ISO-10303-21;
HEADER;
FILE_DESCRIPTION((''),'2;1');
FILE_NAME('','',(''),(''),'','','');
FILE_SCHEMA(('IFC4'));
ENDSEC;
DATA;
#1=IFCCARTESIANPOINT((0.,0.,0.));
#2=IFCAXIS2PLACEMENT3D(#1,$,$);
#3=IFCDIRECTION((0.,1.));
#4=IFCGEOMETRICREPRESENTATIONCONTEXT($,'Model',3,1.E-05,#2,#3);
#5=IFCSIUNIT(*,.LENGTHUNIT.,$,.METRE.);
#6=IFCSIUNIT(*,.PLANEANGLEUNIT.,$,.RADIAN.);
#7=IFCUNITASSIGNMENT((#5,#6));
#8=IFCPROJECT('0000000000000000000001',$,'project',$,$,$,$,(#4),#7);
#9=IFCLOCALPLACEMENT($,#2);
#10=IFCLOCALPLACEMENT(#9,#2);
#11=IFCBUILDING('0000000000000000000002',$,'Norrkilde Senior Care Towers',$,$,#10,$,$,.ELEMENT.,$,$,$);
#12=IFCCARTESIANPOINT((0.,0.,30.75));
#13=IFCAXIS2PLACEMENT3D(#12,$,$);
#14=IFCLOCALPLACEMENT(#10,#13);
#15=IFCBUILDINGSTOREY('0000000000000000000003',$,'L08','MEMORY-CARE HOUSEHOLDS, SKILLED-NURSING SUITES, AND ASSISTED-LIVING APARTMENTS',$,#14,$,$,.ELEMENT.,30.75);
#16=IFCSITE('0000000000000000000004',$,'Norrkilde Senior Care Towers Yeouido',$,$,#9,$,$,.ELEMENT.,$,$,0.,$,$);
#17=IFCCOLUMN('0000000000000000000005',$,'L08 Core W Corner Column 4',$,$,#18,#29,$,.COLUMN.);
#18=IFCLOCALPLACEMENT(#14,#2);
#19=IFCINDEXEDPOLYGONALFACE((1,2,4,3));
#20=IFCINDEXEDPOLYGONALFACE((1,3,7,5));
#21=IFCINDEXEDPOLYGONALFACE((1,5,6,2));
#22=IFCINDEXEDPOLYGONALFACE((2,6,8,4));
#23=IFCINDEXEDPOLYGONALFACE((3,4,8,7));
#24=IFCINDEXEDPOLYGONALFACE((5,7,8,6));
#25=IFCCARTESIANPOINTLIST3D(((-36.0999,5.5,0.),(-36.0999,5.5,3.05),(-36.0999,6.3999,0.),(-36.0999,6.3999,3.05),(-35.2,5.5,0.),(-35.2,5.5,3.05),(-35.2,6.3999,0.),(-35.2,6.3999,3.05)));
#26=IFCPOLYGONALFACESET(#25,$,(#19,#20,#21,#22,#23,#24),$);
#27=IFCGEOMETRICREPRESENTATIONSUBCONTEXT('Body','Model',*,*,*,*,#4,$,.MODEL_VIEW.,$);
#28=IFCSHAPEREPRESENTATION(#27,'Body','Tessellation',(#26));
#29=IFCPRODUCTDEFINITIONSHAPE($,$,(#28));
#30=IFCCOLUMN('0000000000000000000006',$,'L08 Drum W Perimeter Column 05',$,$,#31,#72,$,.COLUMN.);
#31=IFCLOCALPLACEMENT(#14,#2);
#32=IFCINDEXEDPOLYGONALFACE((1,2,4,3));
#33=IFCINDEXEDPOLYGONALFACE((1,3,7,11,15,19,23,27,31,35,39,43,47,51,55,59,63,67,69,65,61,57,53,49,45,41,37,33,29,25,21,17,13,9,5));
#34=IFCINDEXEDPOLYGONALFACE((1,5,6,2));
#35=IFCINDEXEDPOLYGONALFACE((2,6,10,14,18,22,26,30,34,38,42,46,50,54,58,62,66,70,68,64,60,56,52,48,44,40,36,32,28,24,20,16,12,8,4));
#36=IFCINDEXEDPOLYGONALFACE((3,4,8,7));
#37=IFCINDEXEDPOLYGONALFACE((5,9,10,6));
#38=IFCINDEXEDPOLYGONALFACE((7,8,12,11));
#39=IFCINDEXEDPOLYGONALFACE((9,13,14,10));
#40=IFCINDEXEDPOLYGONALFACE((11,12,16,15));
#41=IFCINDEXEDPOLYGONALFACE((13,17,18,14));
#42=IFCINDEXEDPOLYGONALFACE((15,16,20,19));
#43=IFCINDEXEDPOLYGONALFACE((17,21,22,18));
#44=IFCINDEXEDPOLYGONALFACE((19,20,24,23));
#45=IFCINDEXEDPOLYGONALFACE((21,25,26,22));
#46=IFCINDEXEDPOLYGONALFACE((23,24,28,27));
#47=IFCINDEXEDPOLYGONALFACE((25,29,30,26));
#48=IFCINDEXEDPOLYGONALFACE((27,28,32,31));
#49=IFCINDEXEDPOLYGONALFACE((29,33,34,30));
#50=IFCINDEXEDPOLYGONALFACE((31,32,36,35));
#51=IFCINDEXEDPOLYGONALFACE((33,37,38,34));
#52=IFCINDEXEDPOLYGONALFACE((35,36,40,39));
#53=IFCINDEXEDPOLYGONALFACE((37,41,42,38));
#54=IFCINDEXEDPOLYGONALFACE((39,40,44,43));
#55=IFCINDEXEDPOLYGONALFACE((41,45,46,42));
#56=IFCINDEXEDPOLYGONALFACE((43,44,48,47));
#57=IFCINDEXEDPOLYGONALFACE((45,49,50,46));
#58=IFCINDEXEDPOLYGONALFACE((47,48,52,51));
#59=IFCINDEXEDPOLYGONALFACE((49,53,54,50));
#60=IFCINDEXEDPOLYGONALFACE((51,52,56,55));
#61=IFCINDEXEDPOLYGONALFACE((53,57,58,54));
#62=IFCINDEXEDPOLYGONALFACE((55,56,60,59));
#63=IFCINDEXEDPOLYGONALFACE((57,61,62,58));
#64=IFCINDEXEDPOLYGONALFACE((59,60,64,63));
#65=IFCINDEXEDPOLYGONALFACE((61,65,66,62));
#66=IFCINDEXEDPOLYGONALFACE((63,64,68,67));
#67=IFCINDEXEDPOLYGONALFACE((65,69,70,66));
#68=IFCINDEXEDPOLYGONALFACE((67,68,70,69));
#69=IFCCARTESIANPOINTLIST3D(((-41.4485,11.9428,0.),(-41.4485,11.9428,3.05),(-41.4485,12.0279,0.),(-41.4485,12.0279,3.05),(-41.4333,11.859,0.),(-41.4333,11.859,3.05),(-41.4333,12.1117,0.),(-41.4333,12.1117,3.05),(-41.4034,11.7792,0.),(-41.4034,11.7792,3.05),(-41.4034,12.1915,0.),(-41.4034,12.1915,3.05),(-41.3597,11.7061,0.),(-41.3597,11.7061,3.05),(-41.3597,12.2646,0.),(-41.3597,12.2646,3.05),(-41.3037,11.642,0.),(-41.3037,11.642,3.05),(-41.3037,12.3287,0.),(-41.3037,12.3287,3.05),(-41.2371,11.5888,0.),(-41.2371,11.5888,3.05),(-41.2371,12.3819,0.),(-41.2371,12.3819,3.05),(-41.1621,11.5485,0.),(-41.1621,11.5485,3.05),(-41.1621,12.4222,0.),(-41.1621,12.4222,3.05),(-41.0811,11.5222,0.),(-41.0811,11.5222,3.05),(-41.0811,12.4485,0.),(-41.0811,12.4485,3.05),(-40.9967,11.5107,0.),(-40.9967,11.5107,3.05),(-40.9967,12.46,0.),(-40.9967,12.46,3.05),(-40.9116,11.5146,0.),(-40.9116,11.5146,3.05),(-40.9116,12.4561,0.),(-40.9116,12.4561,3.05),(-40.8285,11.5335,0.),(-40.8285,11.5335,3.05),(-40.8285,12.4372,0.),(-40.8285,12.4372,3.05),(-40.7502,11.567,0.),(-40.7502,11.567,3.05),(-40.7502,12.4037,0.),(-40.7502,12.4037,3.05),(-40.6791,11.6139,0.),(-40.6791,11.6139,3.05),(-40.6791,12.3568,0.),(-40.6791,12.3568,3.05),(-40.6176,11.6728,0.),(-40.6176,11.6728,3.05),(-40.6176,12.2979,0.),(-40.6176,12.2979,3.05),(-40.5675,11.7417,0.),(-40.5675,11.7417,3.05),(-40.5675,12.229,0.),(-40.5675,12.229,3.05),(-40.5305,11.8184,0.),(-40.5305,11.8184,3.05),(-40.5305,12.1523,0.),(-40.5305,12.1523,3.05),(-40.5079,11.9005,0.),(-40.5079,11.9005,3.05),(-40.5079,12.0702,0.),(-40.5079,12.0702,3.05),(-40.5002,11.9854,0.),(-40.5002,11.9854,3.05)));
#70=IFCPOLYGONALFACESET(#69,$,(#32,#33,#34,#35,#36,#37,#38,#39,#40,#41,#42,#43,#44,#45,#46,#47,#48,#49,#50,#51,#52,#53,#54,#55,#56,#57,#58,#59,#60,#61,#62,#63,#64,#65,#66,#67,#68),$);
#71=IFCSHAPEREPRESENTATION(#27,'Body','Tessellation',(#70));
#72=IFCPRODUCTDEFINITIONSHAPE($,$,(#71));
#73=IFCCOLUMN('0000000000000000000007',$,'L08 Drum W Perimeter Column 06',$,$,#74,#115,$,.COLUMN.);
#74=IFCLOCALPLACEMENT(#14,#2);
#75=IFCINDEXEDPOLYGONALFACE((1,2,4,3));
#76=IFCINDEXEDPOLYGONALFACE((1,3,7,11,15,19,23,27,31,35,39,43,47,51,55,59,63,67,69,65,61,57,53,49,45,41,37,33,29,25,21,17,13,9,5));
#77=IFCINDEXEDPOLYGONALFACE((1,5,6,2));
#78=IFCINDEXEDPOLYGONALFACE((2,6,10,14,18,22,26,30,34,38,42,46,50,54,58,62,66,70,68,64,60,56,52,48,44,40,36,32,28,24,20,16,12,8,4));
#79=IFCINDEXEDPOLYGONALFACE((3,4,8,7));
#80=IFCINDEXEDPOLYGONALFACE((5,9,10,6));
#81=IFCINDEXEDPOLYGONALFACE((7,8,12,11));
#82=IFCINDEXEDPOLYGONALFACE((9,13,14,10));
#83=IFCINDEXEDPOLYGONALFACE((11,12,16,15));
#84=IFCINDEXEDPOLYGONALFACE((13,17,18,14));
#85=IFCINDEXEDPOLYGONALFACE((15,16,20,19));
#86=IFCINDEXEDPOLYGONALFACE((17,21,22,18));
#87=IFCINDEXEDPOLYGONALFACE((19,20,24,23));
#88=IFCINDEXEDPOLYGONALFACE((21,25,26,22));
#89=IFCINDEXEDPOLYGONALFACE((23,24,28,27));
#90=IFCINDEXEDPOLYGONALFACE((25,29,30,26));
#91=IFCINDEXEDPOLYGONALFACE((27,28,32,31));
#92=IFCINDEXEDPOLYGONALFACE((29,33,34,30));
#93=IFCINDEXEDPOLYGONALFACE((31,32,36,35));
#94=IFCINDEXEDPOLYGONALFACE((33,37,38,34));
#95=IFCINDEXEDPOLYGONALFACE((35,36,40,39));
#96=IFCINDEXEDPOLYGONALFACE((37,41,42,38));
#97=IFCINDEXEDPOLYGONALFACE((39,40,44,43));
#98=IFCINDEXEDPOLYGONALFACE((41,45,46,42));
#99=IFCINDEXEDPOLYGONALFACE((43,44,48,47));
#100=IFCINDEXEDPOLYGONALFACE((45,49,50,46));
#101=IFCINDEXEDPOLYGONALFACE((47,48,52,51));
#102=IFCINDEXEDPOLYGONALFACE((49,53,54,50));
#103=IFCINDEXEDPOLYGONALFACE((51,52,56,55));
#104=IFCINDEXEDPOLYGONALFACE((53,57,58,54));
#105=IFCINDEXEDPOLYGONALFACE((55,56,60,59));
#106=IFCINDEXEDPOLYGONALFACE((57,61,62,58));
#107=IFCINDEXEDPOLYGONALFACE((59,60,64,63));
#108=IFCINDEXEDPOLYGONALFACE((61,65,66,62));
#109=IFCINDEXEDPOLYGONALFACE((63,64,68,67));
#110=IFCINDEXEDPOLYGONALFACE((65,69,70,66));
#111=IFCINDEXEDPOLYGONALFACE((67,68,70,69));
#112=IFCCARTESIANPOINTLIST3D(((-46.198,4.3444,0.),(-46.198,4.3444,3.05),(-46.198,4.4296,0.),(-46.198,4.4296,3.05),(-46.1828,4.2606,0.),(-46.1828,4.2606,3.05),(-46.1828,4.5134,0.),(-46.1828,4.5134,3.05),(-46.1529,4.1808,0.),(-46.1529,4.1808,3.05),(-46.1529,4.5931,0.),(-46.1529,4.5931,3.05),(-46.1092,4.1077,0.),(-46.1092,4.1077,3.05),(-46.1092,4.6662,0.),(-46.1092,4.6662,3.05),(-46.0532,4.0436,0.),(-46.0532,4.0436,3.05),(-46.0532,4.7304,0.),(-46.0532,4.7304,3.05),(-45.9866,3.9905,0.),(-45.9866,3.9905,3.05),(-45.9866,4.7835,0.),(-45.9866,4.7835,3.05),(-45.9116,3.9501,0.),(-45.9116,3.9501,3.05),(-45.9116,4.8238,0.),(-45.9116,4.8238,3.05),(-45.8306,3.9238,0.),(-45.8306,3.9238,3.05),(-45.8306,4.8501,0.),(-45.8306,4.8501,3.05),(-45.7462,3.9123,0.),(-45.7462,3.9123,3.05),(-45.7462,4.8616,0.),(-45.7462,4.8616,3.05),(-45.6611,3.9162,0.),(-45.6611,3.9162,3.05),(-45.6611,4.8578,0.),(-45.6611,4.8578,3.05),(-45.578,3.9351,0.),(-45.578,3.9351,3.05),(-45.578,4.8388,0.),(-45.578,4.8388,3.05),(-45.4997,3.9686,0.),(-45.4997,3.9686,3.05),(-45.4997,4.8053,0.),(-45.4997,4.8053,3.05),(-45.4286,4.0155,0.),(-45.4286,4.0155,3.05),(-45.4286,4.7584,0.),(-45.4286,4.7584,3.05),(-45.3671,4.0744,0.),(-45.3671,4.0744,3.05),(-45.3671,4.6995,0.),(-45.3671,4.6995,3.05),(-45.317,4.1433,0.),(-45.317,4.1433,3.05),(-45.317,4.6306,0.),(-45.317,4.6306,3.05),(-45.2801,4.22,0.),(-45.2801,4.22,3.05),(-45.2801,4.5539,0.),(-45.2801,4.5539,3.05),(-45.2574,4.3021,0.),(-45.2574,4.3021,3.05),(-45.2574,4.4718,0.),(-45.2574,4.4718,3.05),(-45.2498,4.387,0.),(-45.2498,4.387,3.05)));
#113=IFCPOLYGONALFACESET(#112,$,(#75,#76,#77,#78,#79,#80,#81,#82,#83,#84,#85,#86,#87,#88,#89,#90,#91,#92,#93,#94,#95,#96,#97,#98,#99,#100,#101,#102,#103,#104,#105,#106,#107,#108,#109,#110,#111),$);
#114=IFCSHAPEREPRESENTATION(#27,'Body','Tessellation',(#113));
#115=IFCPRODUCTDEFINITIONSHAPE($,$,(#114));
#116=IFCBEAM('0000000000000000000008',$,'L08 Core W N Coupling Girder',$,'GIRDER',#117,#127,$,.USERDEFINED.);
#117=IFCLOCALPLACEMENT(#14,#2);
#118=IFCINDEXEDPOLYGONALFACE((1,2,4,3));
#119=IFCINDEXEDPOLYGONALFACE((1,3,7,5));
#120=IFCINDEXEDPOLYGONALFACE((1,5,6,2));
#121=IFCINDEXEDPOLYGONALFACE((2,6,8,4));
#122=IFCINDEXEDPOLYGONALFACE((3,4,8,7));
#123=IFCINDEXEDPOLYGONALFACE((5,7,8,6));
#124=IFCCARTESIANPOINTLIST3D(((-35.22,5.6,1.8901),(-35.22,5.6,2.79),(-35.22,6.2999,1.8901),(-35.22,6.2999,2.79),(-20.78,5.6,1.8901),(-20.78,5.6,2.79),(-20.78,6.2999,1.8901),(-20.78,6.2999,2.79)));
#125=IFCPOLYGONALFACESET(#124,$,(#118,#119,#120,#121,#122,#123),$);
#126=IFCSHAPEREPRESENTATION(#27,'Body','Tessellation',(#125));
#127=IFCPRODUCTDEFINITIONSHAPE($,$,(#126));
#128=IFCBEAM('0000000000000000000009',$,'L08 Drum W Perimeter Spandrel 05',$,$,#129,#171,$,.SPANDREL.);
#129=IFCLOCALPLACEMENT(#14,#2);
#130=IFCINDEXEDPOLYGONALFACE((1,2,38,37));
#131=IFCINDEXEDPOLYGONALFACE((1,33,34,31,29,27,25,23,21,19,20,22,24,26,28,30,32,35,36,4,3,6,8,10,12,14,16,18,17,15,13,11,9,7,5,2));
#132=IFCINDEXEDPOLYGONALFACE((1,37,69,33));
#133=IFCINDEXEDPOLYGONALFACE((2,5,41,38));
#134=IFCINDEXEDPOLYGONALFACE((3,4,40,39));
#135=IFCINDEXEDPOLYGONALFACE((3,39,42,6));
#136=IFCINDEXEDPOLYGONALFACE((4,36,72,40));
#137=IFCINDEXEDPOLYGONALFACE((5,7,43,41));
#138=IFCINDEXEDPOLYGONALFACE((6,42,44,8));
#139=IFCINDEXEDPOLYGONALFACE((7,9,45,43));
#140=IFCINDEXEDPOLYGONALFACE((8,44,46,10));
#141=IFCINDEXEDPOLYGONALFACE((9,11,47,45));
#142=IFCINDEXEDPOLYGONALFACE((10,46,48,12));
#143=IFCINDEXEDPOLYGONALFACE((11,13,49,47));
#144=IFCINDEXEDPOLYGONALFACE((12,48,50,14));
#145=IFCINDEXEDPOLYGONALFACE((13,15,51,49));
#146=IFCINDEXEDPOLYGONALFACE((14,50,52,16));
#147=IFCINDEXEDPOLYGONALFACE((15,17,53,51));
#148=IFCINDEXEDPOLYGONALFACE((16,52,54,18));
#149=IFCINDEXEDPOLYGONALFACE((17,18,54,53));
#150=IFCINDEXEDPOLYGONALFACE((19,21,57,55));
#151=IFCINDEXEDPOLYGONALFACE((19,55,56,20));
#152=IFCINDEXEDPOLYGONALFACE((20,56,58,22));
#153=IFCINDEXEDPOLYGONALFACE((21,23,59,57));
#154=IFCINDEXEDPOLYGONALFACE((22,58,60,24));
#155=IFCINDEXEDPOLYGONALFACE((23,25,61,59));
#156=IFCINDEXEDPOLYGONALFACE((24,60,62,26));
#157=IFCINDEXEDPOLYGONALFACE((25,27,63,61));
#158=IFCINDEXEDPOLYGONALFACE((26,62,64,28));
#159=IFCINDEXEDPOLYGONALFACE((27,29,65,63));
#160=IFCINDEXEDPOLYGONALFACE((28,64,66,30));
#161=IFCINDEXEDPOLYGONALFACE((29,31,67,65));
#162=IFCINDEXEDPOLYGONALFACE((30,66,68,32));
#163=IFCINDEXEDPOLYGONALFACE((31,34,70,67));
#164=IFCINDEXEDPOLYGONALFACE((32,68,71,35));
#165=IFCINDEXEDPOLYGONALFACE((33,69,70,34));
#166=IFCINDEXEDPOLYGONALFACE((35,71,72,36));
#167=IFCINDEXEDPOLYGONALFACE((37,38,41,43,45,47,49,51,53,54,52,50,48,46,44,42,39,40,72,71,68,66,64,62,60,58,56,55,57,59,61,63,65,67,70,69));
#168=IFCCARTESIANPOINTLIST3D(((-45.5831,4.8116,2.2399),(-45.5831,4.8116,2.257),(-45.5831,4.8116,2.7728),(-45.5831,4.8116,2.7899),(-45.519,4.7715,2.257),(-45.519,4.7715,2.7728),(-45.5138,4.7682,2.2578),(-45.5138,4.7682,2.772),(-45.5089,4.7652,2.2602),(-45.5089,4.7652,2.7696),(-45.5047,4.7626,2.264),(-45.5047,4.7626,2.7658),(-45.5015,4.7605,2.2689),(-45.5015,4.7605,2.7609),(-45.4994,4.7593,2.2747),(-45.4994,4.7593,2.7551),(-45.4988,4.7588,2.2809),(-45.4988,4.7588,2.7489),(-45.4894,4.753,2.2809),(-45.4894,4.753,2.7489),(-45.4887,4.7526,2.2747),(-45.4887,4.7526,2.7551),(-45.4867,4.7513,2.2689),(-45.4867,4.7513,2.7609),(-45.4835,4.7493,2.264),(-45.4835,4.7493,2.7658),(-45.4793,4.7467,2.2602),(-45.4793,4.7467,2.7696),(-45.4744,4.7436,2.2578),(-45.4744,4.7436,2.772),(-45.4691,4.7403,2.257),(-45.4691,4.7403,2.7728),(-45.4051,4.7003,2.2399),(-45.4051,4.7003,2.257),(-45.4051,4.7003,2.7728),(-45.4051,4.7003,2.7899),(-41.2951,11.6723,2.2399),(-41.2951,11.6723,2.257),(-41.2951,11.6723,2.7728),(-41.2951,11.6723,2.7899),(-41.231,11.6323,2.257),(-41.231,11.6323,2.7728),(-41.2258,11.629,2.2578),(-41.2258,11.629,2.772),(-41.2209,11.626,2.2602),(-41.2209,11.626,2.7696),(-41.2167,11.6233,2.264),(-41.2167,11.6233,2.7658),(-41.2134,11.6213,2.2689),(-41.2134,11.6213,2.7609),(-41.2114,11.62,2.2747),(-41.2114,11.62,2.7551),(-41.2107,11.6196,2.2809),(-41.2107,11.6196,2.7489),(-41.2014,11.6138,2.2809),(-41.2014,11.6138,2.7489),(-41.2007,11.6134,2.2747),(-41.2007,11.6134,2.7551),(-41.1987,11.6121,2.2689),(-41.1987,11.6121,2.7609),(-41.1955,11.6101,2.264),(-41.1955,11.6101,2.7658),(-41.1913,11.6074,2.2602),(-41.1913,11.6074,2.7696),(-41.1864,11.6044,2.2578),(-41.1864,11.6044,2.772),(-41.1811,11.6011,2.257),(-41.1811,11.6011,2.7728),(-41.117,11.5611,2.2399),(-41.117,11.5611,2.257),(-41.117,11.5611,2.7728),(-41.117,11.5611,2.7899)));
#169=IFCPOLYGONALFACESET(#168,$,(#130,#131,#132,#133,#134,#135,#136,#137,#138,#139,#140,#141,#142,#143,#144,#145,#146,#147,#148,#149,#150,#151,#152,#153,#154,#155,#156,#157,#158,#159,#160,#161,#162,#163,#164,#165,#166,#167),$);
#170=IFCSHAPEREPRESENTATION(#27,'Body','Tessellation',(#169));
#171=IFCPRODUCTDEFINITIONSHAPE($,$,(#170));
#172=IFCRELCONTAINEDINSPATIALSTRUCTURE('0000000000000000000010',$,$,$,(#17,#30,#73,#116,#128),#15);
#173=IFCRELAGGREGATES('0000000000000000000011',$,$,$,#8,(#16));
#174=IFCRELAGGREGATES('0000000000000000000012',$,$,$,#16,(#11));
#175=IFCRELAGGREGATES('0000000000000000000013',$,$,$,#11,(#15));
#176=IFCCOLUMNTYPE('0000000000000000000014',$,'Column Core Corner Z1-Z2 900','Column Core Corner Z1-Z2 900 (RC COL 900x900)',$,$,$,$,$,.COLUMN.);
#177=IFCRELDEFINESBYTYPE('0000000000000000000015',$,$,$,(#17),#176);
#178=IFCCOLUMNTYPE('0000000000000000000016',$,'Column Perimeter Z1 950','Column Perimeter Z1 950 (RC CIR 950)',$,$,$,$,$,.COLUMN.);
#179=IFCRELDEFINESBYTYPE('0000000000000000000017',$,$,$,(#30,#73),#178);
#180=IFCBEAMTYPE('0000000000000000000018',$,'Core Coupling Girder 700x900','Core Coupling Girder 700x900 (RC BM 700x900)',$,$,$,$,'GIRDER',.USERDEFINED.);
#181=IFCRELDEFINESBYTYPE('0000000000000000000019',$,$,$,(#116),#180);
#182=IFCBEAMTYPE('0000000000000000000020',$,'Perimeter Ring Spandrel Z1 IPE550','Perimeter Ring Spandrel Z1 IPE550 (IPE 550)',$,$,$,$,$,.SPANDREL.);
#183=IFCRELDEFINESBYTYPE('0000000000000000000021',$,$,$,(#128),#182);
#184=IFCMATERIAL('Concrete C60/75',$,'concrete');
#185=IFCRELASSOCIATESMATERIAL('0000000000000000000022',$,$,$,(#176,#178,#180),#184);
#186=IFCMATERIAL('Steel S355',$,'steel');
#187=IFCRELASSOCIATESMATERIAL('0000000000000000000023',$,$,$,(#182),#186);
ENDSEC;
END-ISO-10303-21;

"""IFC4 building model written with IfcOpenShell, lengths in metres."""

from ifc_helpers import new_model, si_unit, direction, frame, origin, origin_2d, place, context, subcontext, project, spatial, rectangle, circle, i_section, extrude, source, transform, mapped, material, material_profile, profile_set, type_object, type_shapes, element, save


model = new_model("IFC4")

# Units and contexts
model_context = context("Model", 3, precision=1e-05, world=origin(), true_north=direction((0.0, 1.0)))
body_context = subcontext(model_context, "Body", "Model", "MODEL_VIEW")
ifc_project = project(units=[si_unit("LENGTHUNIT", "METRE"), si_unit("PLANEANGLEUNIT", "RADIAN")], contexts=[model_context])

# Site, building, storey
site_placement = place(None, origin())
site = spatial("IfcSite", under=ifc_project, at=site_placement, Name="Norrkilde Senior Care Towers Yeouido", CompositionType="ELEMENT", RefElevation=0.0)
building_placement = place(site_placement, origin())
building = spatial("IfcBuilding", under=site, at=building_placement, Name="Norrkilde Senior Care Towers", CompositionType="ELEMENT")
storey_placement = place(building_placement, frame((0.0, 0.0, 30.75)))
storey = spatial("IfcBuildingStorey", under=building, at=storey_placement, Name="L08", Description="MEMORY-CARE HOUSEHOLDS, SKILLED-NURSING SUITES, AND ASSISTED-LIVING APARTMENTS", CompositionType="ELEMENT", Elevation=30.75)

# Columns
ifc_material_1 = material(Name="Concrete C60/75", Category="concrete")
ifc_material_profile_1 = material_profile(ifc_material_1, rectangle(XDim=0.8999, YDim=0.8999, at=origin_2d()), Name="RC COL 900x900")
ifc_profile_set_1 = profile_set([ifc_material_profile_1], Name="Concrete C60/75")
column_type_1 = type_object("IfcColumnType", Name="Column Core Corner Z1-Z2 900", Description="Column Core Corner Z1-Z2 900 (RC COL 900x900)", PredefinedType="COLUMN", material=ifc_profile_set_1)
shared_shape_1 = source(origin(), body_context, "Body", "SweptSolid", [
    extrude(rectangle(XDim=0.8999, YDim=0.8999, at=origin_2d()), origin(), (0.0, 0.0, 1.0), 3.05),
])
type_shapes(column_type_1, [shared_shape_1])
column_placement = place(storey_placement, frame((-35.6499, 5.95, 0.0), z_axis=(0.0, 0.0, 1.0), x_axis=(1.0, 0.0, 0.0)))
element("IfcColumn", 1, at=column_placement, inside=storey, type_object=column_type_1, Name="L08 Core W Corner Column 4", PredefinedType="COLUMN", context=body_context, shape_type="MappedRepresentation", body=[
    mapped(shared_shape_1, transform((0.0, 0.0, 0.0), x_axis=(1.0, 0.0, 0.0), y_axis=(0.0, 1.0, 0.0), z_axis=(0.0, 0.0, 1.0), scale=1.0)),
])
ifc_material_profile_2 = material_profile(ifc_material_1, circle(Radius=0.4751, at=origin_2d()), Name="RC CIR 950")
ifc_profile_set_2 = profile_set([ifc_material_profile_2], Name="Concrete C60/75")
column_type_2 = type_object("IfcColumnType", Name="Column Perimeter Z1 950", Description="Column Perimeter Z1 950 (RC CIR 950)", PredefinedType="COLUMN", material=ifc_profile_set_2)
shared_shape_2 = source(origin(), body_context, "Body", "SweptSolid", [
    extrude(circle(Radius=0.4751, at=origin_2d()), origin(), (0.0, 0.0, 1.0), 3.05),
])
type_shapes(column_type_2, [shared_shape_2])
for number, where, z_axis, x_axis, name in (
    (2, (-40.9753, 11.9854, 0.0), (0.0, 0.0, 1.0), (1.0, 0.0, 0.0), "L08 Drum W Perimeter Column 05"),
    (3, (-45.7249, 4.387, 0.0), (0.0, 0.0, 1.0), (1.0, 0.0, 0.0), "L08 Drum W Perimeter Column 06"),
):
    element("IfcColumn", number, at=place(storey_placement, frame(where, z_axis=z_axis, x_axis=x_axis)), inside=storey, type_object=column_type_2, Name=name, PredefinedType="COLUMN", context=body_context, shape_type="MappedRepresentation", body=[
        mapped(shared_shape_2, transform((0.0, 0.0, 0.0), x_axis=(1.0, 0.0, 0.0), y_axis=(0.0, 1.0, 0.0), z_axis=(0.0, 0.0, 1.0), scale=1.0)),
    ])

# Beams
ifc_material_profile_3 = material_profile(ifc_material_1, rectangle(XDim=0.7, YDim=0.8999, at=origin_2d()), Name="RC BM 700x900")
ifc_profile_set_3 = profile_set([ifc_material_profile_3], Name="Concrete C60/75")
beam_type_1 = type_object("IfcBeamType", Name="Core Coupling Girder 700x900", Description="Core Coupling Girder 700x900 (RC BM 700x900)", ElementType="GIRDER", PredefinedType="USERDEFINED", material=ifc_profile_set_3)
shared_shape_3 = source(origin(), body_context, "Body", "SweptSolid", [
    extrude(rectangle(XDim=0.7, YDim=0.8999, at=origin_2d()), origin(), (0.0, 0.0, 1.0), 14.4399),
])
type_shapes(beam_type_1, [shared_shape_3])
beam_1_placement = place(storey_placement, frame((-35.22, 5.95, 2.3401), z_axis=(1.0, 0.0, 0.0), x_axis=(0.0, 1.0, 0.0)))
element("IfcBeam", 4, at=beam_1_placement, inside=storey, type_object=beam_type_1, Name="L08 Core W N Coupling Girder", ObjectType="GIRDER", PredefinedType="USERDEFINED", context=body_context, shape_type="MappedRepresentation", body=[
    mapped(shared_shape_3, transform((0.0, 0.0, 0.0), x_axis=(1.0, 0.0, 0.0), y_axis=(0.0, 1.0, 0.0), z_axis=(0.0, 0.0, 1.0), scale=1.0)),
])
ifc_material_2 = material(Name="Steel S355", Category="steel")
ifc_material_profile_4 = material_profile(ifc_material_2, i_section(OverallWidth=0.21, OverallDepth=0.55, WebThickness=0.011, FlangeThickness=0.0171, FilletRadius=0.0239, at=origin_2d()), Name="IPE 550")
ifc_profile_set_4 = profile_set([ifc_material_profile_4], Name="Steel S355")
beam_type_2 = type_object("IfcBeamType", Name="Perimeter Ring Spandrel Z1 IPE550", Description="Perimeter Ring Spandrel Z1 IPE550 (IPE 550)", PredefinedType="SPANDREL", material=ifc_profile_set_4)
shared_shape_4 = source(origin(), body_context, "Body", "SweptSolid", [
    extrude(i_section(OverallWidth=0.21, OverallDepth=0.55, WebThickness=0.011, FlangeThickness=0.0171, FilletRadius=0.0239, at=origin_2d()), origin(), (0.0, 0.0, 1.0), 8.0906),
])
beam_2_placement = place(storey_placement, frame((-41.2061, 11.6167, 2.5149), z_axis=(-0.530004, -0.847995, 0.0), x_axis=(0.847995, -0.530004, 0.0)))
element("IfcBeam", 5, at=beam_2_placement, inside=storey, type_object=beam_type_2, Name="L08 Drum W Perimeter Spandrel 05", PredefinedType="SPANDREL", context=body_context, shape_type="MappedRepresentation", body=[
    mapped(shared_shape_4, transform((0.0, 0.0, 0.0), x_axis=(1.0, 0.0, 0.0), y_axis=(0.0, 1.0, 0.0), z_axis=(0.0, 0.0, 1.0), scale=1.0)),
])

save(model, "model.ifc")
